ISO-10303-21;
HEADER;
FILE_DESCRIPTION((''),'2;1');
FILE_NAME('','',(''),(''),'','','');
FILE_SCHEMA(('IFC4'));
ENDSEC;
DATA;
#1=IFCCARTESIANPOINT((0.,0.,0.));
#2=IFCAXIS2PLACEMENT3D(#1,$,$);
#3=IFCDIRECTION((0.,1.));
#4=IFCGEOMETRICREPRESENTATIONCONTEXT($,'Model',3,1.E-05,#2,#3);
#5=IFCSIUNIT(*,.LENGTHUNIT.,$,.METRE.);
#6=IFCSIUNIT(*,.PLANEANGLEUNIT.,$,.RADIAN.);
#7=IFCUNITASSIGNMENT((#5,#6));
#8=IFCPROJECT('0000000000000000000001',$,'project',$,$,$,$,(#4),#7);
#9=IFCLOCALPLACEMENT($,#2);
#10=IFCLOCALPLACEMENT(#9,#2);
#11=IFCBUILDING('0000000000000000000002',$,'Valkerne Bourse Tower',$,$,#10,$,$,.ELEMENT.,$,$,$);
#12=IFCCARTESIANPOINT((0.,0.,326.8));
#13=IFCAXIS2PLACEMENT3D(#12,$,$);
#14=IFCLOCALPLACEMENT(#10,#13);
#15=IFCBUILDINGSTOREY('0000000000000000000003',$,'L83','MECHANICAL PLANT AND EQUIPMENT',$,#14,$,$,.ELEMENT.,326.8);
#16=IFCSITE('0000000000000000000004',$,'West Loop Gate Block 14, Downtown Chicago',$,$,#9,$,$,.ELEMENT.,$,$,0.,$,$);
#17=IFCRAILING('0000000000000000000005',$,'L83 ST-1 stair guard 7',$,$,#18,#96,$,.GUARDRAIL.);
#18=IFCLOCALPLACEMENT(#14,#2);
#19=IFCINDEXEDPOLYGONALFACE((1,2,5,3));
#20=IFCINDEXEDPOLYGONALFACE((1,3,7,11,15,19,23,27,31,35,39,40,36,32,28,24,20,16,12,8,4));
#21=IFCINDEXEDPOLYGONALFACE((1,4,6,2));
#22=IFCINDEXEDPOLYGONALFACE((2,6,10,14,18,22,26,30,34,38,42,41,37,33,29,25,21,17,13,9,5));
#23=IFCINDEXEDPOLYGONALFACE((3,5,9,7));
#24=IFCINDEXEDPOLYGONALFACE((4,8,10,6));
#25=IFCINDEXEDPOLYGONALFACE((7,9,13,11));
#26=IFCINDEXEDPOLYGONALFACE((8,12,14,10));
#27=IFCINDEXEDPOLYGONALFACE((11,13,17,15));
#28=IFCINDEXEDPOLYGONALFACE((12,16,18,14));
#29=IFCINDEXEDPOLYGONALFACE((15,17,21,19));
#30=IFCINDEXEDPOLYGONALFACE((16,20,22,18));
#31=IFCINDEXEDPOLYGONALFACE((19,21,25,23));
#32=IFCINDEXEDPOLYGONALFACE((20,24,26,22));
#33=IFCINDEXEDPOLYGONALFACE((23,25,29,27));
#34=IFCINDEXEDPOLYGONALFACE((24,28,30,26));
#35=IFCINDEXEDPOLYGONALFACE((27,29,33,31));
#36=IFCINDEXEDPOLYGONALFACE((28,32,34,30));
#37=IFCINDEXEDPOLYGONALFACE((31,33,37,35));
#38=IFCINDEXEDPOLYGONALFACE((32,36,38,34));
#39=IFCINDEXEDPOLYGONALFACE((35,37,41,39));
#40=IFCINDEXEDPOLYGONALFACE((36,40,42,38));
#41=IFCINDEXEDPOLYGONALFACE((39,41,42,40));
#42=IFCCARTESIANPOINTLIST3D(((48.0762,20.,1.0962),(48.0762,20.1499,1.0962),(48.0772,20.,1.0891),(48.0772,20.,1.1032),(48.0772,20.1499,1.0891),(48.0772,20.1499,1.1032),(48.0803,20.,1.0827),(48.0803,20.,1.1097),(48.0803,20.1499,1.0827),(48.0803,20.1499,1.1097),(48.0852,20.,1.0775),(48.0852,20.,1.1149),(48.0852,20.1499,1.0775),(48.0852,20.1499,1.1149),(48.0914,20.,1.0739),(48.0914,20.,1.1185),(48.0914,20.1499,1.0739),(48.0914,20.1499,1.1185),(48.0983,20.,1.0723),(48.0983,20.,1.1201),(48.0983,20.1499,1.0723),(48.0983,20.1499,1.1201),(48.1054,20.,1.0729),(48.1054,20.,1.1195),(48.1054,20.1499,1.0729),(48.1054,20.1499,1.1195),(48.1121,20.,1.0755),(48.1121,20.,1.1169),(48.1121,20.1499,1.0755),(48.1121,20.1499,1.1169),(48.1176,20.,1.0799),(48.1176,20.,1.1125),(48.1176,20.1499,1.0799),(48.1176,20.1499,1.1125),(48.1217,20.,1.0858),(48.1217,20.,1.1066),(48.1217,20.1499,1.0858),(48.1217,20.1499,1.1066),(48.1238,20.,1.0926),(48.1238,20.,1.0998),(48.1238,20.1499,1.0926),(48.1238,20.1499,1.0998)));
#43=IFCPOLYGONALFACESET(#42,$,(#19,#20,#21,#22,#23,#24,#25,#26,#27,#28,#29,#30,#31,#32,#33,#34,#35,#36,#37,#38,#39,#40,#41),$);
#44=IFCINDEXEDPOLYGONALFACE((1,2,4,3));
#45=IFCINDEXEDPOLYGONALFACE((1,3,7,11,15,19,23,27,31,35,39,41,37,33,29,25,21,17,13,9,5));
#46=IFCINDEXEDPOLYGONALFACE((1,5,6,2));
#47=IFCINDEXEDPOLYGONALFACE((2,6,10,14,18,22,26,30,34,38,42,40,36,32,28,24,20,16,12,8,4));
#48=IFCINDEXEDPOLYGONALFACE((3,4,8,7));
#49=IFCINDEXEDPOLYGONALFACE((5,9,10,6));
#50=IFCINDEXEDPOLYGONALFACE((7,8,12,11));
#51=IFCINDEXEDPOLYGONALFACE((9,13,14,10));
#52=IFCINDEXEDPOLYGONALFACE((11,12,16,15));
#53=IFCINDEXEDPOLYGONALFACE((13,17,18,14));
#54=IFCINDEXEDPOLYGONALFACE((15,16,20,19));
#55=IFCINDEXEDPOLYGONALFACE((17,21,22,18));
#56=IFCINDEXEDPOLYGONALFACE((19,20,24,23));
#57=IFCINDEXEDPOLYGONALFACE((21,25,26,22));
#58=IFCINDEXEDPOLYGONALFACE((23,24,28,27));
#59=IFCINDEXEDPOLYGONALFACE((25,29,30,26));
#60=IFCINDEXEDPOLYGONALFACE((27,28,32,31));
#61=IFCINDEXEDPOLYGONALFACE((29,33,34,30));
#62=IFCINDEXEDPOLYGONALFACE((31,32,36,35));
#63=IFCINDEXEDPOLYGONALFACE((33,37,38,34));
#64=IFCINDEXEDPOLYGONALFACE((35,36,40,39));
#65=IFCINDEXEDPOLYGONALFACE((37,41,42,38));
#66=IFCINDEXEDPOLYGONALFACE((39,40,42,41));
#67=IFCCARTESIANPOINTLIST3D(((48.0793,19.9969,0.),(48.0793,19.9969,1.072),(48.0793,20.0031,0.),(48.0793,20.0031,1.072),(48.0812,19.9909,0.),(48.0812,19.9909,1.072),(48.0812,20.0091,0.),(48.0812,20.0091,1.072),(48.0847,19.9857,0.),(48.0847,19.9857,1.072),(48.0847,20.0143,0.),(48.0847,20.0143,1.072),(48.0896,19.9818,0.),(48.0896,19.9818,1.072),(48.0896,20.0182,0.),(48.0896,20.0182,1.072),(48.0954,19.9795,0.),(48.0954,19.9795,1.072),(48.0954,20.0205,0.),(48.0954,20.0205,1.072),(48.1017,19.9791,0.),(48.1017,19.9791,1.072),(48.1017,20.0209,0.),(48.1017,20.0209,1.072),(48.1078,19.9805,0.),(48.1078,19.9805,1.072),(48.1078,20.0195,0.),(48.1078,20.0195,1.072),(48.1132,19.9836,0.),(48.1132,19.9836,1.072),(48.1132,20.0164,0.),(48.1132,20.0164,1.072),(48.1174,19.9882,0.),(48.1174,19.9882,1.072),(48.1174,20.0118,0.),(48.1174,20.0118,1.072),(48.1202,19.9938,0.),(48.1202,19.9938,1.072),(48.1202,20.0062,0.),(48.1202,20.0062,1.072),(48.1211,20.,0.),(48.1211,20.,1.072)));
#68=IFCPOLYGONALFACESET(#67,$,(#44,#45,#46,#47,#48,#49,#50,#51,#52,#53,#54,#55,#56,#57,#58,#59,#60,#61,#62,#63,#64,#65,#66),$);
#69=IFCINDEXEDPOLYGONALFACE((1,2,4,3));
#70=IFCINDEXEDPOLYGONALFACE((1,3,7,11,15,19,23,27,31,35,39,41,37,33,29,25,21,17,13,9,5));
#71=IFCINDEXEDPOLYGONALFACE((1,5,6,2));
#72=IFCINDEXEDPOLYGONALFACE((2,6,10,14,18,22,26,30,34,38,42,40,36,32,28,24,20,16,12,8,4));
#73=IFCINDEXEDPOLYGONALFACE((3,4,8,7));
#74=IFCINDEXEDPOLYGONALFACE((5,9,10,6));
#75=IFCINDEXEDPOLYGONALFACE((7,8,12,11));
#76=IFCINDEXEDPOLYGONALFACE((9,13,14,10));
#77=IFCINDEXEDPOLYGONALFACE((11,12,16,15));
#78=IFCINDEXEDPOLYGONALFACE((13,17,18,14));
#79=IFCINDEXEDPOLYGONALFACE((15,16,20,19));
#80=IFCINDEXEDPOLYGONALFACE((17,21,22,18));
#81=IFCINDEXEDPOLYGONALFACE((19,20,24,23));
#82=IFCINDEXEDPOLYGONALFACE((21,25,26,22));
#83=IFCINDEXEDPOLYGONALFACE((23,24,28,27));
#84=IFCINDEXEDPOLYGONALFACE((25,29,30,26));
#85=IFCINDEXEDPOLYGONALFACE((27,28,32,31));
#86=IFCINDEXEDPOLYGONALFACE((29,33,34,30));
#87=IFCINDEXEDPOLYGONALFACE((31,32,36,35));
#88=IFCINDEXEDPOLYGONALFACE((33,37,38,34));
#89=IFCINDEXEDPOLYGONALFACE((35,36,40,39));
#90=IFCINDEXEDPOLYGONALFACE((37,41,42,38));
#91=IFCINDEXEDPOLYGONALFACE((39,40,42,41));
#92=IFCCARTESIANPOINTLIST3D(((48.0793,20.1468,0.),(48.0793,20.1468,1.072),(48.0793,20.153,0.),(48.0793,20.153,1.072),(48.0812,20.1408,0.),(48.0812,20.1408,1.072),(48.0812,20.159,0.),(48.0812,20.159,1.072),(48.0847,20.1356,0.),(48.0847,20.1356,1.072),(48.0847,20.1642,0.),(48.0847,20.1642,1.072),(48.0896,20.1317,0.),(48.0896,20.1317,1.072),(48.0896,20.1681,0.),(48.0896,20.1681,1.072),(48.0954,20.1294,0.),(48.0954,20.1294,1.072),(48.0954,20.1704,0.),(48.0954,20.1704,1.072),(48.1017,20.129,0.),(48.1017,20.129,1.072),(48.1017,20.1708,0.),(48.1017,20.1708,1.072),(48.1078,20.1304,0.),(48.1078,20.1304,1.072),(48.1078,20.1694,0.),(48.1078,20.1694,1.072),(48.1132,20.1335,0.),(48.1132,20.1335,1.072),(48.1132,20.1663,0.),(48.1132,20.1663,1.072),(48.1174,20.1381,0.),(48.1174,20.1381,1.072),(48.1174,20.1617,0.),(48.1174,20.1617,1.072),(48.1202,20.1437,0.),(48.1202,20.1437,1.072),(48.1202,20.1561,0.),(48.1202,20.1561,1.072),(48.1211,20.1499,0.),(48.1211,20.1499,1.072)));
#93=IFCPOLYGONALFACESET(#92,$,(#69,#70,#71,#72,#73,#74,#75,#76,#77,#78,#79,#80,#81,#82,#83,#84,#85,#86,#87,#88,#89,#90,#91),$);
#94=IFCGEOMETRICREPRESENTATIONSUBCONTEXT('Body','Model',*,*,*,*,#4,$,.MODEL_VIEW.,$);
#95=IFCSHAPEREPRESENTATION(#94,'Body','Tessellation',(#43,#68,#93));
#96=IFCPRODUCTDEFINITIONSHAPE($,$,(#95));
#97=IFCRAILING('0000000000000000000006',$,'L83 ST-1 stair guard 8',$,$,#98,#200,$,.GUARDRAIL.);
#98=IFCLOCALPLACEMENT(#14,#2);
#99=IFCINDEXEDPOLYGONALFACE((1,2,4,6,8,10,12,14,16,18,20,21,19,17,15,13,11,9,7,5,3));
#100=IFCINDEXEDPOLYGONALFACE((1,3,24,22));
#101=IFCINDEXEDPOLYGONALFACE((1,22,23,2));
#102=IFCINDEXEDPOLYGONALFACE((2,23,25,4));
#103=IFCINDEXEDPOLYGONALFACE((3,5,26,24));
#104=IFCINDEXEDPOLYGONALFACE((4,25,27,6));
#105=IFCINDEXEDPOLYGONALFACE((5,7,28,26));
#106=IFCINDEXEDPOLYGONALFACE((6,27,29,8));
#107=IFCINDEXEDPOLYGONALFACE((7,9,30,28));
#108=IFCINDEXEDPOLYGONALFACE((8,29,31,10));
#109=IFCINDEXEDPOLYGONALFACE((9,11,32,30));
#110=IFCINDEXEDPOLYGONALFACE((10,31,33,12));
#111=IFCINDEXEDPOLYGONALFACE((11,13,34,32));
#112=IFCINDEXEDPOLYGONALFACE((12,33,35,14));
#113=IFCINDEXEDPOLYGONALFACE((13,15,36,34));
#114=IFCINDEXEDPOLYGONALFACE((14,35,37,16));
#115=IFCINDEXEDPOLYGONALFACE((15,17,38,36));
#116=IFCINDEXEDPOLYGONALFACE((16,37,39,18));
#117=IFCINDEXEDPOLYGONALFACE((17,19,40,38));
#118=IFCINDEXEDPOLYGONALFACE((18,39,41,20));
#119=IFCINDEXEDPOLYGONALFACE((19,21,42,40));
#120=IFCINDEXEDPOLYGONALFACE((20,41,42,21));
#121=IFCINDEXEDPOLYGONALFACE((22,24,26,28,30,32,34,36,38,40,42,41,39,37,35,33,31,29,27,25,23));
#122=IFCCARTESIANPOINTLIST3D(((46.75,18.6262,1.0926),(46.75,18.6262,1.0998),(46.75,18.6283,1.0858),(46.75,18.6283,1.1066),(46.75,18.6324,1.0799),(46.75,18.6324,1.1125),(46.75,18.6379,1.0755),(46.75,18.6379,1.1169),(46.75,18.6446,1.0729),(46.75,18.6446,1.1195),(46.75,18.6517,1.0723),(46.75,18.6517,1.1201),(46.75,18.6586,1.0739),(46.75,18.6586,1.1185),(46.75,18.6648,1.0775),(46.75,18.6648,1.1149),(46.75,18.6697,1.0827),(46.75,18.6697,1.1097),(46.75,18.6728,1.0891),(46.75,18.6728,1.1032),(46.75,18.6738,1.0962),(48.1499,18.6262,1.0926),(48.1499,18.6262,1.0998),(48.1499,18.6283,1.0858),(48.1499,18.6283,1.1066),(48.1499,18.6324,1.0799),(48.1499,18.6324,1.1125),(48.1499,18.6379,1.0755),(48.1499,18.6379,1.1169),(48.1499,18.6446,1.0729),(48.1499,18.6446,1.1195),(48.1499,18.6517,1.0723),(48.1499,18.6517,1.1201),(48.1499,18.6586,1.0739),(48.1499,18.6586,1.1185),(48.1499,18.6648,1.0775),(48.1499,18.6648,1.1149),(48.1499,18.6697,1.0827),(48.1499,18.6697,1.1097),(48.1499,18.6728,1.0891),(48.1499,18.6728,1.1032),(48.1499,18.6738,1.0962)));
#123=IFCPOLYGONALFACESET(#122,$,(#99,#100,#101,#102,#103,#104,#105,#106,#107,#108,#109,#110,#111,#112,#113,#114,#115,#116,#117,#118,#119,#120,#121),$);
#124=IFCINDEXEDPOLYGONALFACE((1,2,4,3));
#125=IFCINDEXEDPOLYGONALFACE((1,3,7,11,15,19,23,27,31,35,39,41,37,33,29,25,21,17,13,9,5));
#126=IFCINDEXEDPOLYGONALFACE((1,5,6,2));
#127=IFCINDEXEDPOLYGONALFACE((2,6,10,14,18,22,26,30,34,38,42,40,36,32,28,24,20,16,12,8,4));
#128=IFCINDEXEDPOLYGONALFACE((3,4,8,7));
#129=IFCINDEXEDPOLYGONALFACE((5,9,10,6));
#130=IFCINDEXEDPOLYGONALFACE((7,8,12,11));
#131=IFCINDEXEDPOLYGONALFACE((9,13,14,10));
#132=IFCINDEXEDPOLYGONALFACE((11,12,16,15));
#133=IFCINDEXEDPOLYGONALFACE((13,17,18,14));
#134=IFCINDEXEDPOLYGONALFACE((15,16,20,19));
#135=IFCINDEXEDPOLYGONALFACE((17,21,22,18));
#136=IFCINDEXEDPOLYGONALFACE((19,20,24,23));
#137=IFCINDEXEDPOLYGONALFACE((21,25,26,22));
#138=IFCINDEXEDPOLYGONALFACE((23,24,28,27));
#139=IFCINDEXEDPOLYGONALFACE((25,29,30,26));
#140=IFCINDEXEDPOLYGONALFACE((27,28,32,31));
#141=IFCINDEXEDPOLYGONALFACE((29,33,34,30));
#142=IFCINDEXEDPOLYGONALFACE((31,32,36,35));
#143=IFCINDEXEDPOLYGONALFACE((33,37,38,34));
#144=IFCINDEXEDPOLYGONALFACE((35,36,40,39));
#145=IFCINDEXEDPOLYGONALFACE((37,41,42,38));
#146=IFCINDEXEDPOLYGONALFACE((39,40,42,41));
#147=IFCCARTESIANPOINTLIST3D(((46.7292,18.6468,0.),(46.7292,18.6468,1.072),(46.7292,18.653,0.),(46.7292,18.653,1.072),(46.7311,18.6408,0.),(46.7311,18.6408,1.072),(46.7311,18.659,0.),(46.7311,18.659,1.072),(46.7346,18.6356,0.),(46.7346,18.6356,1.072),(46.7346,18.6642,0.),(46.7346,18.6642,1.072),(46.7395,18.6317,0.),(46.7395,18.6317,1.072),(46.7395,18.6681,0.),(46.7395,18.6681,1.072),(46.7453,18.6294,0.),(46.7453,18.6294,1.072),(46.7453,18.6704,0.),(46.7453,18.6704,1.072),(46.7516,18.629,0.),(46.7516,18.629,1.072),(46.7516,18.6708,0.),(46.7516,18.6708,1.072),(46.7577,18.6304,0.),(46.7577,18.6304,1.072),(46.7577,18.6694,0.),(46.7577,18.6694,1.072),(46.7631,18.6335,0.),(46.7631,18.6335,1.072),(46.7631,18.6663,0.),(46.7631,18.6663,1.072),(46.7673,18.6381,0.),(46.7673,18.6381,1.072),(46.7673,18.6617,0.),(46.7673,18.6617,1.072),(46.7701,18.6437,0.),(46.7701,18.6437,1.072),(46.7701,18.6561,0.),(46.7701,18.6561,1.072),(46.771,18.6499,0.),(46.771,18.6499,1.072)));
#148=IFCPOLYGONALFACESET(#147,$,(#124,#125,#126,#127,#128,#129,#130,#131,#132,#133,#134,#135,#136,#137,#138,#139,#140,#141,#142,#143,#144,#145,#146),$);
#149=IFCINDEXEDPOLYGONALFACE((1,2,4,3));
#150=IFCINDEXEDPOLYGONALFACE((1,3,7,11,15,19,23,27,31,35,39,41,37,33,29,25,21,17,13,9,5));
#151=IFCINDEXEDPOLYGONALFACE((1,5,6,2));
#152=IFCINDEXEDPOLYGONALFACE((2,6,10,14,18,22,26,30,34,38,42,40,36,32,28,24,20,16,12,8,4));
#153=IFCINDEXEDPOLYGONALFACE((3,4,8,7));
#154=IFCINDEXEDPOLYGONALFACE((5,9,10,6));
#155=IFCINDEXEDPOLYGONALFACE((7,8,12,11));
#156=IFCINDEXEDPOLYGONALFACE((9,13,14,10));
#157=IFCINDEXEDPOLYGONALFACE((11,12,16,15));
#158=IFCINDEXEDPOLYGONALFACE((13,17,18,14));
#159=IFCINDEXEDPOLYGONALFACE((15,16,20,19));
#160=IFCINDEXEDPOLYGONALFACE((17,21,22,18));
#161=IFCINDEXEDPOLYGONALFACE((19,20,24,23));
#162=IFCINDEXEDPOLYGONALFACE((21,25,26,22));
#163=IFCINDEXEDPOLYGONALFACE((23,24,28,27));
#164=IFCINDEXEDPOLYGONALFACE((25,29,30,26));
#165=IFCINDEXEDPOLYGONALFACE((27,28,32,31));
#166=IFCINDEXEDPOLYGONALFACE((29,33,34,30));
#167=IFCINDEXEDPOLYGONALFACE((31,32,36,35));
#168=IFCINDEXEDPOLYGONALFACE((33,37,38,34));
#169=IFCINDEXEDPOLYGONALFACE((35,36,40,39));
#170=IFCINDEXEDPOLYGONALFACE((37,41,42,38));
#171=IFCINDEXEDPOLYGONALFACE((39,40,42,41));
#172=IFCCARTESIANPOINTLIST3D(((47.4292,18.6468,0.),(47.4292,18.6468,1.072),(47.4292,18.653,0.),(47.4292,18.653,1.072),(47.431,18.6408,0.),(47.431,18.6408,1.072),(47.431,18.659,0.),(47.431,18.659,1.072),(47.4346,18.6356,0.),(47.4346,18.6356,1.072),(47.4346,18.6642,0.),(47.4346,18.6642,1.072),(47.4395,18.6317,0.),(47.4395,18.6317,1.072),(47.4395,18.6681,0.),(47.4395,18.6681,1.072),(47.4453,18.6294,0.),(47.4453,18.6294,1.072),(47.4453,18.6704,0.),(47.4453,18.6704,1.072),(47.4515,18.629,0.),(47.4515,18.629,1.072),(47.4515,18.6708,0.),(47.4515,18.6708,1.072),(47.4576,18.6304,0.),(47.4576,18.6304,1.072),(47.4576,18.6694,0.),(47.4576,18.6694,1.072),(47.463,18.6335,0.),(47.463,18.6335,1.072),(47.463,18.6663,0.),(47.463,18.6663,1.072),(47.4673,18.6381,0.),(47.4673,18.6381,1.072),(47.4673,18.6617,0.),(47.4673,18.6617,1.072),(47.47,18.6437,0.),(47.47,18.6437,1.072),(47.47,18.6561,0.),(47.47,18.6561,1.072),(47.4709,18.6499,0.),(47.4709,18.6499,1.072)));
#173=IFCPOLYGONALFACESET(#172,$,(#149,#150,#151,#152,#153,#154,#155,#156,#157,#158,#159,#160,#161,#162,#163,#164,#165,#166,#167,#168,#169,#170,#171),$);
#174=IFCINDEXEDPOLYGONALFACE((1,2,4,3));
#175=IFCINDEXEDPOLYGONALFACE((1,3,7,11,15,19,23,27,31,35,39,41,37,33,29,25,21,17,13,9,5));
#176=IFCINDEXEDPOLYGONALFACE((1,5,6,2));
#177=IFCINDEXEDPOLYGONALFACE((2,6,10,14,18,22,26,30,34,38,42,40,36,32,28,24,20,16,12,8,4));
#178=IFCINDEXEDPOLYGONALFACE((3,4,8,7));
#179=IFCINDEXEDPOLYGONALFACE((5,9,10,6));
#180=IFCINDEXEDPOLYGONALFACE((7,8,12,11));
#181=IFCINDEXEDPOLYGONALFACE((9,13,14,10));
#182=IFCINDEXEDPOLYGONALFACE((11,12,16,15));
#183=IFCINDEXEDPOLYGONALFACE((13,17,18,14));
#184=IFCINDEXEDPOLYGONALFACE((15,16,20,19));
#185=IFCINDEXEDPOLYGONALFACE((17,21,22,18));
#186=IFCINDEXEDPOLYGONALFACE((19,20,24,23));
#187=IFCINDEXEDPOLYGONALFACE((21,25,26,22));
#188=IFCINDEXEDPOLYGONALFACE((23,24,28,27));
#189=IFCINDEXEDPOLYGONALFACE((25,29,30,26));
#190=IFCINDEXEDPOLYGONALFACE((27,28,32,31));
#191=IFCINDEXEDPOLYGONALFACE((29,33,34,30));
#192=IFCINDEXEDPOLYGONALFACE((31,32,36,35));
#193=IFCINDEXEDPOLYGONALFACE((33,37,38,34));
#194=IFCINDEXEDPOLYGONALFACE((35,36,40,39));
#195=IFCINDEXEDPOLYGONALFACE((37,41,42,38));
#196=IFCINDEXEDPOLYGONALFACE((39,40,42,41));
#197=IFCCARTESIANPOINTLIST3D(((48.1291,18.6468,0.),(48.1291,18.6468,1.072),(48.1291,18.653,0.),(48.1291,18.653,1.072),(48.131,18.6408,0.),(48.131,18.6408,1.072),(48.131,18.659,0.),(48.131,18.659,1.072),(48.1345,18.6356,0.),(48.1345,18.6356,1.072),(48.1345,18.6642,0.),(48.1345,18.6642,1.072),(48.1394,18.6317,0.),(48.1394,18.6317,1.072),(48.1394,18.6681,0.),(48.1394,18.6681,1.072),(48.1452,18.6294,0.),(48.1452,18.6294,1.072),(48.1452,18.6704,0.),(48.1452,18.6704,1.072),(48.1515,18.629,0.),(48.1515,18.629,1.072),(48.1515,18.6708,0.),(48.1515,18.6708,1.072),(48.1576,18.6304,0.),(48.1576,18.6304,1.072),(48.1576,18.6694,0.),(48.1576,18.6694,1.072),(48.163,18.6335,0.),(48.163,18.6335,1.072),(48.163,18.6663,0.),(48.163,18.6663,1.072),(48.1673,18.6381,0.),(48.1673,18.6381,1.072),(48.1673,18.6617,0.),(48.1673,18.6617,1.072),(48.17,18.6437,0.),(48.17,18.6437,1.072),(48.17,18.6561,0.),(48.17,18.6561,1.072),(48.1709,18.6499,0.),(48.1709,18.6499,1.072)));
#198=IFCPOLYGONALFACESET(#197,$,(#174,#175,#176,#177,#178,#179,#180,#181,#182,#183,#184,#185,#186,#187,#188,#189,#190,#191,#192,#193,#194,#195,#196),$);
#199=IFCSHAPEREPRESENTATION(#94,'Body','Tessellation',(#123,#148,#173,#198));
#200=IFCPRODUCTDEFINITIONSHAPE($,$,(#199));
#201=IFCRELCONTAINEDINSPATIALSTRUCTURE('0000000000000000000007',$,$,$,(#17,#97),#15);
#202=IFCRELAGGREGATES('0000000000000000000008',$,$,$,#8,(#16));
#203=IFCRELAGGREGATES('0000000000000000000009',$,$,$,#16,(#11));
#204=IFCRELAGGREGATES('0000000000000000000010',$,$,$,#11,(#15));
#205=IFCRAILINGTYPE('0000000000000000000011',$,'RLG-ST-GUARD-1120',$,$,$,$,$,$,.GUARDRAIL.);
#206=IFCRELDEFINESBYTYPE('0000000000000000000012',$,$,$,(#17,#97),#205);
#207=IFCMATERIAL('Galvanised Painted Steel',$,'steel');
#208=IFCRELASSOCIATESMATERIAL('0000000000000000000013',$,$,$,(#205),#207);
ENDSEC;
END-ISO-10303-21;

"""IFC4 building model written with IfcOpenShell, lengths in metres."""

from ifc_helpers import new_model, si_unit, direction, frame, origin, origin_2d, place, context, subcontext, project, spatial, circle, extrude, material, type_object, element, save


model = new_model("IFC4")

# Units and contexts
model_context = context("Model", 3, precision=1e-05, world=origin(), true_north=direction((0.0, 1.0)))
body_context = subcontext(model_context, "Body", "Model", "MODEL_VIEW")
ifc_project = project(units=[si_unit("LENGTHUNIT", "METRE"), si_unit("PLANEANGLEUNIT", "RADIAN")], contexts=[model_context])

# Site, building, storey
site_placement = place(None, origin())
site = spatial("IfcSite", under=ifc_project, at=site_placement, Name="West Loop Gate Block 14, Downtown Chicago", CompositionType="ELEMENT", RefElevation=0.0)
building_placement = place(site_placement, origin())
building = spatial("IfcBuilding", under=site, at=building_placement, Name="Valkerne Bourse Tower", CompositionType="ELEMENT")
storey_placement = place(building_placement, frame((0.0, 0.0, 326.8)))
storey = spatial("IfcBuildingStorey", under=building, at=storey_placement, Name="L83", Description="MECHANICAL PLANT AND EQUIPMENT", CompositionType="ELEMENT", Elevation=326.8)

# Railings
ifc_material_1 = material(Name="Galvanised Painted Steel", Category="steel")
railing_type = type_object("IfcRailingType", Name="RLG-ST-GUARD-1120", PredefinedType="GUARDRAIL", material=ifc_material_1)
railing_placement = place(storey_placement, frame((48.1001, 20.0, 0.0)))
element("IfcRailing", 1, at=railing_placement, inside=storey, type_object=railing_type, Name="L83 ST-1 stair guard 7", PredefinedType="GUARDRAIL", context=body_context, shape_type="SweptSolid", body=[
    extrude(circle(Radius=0.0239, at=origin_2d()), frame((0.0, 0.0, 1.0962), z_axis=(0.0, 1.0, 0.0), x_axis=(-1.0, 0.0, 0.0)), (0.0, 0.0, 1.0), 0.1499),
    extrude(circle(Radius=0.021, at=origin_2d()), origin(), (0.0, 0.0, 1.0), 1.072),
    extrude(circle(Radius=0.021, at=origin_2d()), frame((0.0, 0.1499, 0.0)), (0.0, 0.0, 1.0), 1.072),
])
for number, where, name in (
    (2, (46.75, 18.6499, 0.0), "L83 ST-1 stair guard 8"),
):
    element("IfcRailing", number, at=place(storey_placement, frame(where)), inside=storey, type_object=railing_type, Name=name, PredefinedType="GUARDRAIL", context=body_context, shape_type="SweptSolid", body=[
        extrude(circle(Radius=0.0239, at=origin_2d()), frame((0.0, 0.0, 1.0962), z_axis=(1.0, 0.0, 0.0), x_axis=(0.0, 1.0, 0.0)), (0.0, 0.0, 1.0), 1.3999),
        extrude(circle(Radius=0.021, at=origin_2d()), origin(), (0.0, 0.0, 1.0), 1.072),
        extrude(circle(Radius=0.021, at=origin_2d()), frame((0.7, 0.0, 0.0)), (0.0, 0.0, 1.0), 1.072),
        extrude(circle(Radius=0.021, at=origin_2d()), frame((1.3999, 0.0, 0.0)), (0.0, 0.0, 1.0), 1.072),
    ])

save(model, "model.ifc")
